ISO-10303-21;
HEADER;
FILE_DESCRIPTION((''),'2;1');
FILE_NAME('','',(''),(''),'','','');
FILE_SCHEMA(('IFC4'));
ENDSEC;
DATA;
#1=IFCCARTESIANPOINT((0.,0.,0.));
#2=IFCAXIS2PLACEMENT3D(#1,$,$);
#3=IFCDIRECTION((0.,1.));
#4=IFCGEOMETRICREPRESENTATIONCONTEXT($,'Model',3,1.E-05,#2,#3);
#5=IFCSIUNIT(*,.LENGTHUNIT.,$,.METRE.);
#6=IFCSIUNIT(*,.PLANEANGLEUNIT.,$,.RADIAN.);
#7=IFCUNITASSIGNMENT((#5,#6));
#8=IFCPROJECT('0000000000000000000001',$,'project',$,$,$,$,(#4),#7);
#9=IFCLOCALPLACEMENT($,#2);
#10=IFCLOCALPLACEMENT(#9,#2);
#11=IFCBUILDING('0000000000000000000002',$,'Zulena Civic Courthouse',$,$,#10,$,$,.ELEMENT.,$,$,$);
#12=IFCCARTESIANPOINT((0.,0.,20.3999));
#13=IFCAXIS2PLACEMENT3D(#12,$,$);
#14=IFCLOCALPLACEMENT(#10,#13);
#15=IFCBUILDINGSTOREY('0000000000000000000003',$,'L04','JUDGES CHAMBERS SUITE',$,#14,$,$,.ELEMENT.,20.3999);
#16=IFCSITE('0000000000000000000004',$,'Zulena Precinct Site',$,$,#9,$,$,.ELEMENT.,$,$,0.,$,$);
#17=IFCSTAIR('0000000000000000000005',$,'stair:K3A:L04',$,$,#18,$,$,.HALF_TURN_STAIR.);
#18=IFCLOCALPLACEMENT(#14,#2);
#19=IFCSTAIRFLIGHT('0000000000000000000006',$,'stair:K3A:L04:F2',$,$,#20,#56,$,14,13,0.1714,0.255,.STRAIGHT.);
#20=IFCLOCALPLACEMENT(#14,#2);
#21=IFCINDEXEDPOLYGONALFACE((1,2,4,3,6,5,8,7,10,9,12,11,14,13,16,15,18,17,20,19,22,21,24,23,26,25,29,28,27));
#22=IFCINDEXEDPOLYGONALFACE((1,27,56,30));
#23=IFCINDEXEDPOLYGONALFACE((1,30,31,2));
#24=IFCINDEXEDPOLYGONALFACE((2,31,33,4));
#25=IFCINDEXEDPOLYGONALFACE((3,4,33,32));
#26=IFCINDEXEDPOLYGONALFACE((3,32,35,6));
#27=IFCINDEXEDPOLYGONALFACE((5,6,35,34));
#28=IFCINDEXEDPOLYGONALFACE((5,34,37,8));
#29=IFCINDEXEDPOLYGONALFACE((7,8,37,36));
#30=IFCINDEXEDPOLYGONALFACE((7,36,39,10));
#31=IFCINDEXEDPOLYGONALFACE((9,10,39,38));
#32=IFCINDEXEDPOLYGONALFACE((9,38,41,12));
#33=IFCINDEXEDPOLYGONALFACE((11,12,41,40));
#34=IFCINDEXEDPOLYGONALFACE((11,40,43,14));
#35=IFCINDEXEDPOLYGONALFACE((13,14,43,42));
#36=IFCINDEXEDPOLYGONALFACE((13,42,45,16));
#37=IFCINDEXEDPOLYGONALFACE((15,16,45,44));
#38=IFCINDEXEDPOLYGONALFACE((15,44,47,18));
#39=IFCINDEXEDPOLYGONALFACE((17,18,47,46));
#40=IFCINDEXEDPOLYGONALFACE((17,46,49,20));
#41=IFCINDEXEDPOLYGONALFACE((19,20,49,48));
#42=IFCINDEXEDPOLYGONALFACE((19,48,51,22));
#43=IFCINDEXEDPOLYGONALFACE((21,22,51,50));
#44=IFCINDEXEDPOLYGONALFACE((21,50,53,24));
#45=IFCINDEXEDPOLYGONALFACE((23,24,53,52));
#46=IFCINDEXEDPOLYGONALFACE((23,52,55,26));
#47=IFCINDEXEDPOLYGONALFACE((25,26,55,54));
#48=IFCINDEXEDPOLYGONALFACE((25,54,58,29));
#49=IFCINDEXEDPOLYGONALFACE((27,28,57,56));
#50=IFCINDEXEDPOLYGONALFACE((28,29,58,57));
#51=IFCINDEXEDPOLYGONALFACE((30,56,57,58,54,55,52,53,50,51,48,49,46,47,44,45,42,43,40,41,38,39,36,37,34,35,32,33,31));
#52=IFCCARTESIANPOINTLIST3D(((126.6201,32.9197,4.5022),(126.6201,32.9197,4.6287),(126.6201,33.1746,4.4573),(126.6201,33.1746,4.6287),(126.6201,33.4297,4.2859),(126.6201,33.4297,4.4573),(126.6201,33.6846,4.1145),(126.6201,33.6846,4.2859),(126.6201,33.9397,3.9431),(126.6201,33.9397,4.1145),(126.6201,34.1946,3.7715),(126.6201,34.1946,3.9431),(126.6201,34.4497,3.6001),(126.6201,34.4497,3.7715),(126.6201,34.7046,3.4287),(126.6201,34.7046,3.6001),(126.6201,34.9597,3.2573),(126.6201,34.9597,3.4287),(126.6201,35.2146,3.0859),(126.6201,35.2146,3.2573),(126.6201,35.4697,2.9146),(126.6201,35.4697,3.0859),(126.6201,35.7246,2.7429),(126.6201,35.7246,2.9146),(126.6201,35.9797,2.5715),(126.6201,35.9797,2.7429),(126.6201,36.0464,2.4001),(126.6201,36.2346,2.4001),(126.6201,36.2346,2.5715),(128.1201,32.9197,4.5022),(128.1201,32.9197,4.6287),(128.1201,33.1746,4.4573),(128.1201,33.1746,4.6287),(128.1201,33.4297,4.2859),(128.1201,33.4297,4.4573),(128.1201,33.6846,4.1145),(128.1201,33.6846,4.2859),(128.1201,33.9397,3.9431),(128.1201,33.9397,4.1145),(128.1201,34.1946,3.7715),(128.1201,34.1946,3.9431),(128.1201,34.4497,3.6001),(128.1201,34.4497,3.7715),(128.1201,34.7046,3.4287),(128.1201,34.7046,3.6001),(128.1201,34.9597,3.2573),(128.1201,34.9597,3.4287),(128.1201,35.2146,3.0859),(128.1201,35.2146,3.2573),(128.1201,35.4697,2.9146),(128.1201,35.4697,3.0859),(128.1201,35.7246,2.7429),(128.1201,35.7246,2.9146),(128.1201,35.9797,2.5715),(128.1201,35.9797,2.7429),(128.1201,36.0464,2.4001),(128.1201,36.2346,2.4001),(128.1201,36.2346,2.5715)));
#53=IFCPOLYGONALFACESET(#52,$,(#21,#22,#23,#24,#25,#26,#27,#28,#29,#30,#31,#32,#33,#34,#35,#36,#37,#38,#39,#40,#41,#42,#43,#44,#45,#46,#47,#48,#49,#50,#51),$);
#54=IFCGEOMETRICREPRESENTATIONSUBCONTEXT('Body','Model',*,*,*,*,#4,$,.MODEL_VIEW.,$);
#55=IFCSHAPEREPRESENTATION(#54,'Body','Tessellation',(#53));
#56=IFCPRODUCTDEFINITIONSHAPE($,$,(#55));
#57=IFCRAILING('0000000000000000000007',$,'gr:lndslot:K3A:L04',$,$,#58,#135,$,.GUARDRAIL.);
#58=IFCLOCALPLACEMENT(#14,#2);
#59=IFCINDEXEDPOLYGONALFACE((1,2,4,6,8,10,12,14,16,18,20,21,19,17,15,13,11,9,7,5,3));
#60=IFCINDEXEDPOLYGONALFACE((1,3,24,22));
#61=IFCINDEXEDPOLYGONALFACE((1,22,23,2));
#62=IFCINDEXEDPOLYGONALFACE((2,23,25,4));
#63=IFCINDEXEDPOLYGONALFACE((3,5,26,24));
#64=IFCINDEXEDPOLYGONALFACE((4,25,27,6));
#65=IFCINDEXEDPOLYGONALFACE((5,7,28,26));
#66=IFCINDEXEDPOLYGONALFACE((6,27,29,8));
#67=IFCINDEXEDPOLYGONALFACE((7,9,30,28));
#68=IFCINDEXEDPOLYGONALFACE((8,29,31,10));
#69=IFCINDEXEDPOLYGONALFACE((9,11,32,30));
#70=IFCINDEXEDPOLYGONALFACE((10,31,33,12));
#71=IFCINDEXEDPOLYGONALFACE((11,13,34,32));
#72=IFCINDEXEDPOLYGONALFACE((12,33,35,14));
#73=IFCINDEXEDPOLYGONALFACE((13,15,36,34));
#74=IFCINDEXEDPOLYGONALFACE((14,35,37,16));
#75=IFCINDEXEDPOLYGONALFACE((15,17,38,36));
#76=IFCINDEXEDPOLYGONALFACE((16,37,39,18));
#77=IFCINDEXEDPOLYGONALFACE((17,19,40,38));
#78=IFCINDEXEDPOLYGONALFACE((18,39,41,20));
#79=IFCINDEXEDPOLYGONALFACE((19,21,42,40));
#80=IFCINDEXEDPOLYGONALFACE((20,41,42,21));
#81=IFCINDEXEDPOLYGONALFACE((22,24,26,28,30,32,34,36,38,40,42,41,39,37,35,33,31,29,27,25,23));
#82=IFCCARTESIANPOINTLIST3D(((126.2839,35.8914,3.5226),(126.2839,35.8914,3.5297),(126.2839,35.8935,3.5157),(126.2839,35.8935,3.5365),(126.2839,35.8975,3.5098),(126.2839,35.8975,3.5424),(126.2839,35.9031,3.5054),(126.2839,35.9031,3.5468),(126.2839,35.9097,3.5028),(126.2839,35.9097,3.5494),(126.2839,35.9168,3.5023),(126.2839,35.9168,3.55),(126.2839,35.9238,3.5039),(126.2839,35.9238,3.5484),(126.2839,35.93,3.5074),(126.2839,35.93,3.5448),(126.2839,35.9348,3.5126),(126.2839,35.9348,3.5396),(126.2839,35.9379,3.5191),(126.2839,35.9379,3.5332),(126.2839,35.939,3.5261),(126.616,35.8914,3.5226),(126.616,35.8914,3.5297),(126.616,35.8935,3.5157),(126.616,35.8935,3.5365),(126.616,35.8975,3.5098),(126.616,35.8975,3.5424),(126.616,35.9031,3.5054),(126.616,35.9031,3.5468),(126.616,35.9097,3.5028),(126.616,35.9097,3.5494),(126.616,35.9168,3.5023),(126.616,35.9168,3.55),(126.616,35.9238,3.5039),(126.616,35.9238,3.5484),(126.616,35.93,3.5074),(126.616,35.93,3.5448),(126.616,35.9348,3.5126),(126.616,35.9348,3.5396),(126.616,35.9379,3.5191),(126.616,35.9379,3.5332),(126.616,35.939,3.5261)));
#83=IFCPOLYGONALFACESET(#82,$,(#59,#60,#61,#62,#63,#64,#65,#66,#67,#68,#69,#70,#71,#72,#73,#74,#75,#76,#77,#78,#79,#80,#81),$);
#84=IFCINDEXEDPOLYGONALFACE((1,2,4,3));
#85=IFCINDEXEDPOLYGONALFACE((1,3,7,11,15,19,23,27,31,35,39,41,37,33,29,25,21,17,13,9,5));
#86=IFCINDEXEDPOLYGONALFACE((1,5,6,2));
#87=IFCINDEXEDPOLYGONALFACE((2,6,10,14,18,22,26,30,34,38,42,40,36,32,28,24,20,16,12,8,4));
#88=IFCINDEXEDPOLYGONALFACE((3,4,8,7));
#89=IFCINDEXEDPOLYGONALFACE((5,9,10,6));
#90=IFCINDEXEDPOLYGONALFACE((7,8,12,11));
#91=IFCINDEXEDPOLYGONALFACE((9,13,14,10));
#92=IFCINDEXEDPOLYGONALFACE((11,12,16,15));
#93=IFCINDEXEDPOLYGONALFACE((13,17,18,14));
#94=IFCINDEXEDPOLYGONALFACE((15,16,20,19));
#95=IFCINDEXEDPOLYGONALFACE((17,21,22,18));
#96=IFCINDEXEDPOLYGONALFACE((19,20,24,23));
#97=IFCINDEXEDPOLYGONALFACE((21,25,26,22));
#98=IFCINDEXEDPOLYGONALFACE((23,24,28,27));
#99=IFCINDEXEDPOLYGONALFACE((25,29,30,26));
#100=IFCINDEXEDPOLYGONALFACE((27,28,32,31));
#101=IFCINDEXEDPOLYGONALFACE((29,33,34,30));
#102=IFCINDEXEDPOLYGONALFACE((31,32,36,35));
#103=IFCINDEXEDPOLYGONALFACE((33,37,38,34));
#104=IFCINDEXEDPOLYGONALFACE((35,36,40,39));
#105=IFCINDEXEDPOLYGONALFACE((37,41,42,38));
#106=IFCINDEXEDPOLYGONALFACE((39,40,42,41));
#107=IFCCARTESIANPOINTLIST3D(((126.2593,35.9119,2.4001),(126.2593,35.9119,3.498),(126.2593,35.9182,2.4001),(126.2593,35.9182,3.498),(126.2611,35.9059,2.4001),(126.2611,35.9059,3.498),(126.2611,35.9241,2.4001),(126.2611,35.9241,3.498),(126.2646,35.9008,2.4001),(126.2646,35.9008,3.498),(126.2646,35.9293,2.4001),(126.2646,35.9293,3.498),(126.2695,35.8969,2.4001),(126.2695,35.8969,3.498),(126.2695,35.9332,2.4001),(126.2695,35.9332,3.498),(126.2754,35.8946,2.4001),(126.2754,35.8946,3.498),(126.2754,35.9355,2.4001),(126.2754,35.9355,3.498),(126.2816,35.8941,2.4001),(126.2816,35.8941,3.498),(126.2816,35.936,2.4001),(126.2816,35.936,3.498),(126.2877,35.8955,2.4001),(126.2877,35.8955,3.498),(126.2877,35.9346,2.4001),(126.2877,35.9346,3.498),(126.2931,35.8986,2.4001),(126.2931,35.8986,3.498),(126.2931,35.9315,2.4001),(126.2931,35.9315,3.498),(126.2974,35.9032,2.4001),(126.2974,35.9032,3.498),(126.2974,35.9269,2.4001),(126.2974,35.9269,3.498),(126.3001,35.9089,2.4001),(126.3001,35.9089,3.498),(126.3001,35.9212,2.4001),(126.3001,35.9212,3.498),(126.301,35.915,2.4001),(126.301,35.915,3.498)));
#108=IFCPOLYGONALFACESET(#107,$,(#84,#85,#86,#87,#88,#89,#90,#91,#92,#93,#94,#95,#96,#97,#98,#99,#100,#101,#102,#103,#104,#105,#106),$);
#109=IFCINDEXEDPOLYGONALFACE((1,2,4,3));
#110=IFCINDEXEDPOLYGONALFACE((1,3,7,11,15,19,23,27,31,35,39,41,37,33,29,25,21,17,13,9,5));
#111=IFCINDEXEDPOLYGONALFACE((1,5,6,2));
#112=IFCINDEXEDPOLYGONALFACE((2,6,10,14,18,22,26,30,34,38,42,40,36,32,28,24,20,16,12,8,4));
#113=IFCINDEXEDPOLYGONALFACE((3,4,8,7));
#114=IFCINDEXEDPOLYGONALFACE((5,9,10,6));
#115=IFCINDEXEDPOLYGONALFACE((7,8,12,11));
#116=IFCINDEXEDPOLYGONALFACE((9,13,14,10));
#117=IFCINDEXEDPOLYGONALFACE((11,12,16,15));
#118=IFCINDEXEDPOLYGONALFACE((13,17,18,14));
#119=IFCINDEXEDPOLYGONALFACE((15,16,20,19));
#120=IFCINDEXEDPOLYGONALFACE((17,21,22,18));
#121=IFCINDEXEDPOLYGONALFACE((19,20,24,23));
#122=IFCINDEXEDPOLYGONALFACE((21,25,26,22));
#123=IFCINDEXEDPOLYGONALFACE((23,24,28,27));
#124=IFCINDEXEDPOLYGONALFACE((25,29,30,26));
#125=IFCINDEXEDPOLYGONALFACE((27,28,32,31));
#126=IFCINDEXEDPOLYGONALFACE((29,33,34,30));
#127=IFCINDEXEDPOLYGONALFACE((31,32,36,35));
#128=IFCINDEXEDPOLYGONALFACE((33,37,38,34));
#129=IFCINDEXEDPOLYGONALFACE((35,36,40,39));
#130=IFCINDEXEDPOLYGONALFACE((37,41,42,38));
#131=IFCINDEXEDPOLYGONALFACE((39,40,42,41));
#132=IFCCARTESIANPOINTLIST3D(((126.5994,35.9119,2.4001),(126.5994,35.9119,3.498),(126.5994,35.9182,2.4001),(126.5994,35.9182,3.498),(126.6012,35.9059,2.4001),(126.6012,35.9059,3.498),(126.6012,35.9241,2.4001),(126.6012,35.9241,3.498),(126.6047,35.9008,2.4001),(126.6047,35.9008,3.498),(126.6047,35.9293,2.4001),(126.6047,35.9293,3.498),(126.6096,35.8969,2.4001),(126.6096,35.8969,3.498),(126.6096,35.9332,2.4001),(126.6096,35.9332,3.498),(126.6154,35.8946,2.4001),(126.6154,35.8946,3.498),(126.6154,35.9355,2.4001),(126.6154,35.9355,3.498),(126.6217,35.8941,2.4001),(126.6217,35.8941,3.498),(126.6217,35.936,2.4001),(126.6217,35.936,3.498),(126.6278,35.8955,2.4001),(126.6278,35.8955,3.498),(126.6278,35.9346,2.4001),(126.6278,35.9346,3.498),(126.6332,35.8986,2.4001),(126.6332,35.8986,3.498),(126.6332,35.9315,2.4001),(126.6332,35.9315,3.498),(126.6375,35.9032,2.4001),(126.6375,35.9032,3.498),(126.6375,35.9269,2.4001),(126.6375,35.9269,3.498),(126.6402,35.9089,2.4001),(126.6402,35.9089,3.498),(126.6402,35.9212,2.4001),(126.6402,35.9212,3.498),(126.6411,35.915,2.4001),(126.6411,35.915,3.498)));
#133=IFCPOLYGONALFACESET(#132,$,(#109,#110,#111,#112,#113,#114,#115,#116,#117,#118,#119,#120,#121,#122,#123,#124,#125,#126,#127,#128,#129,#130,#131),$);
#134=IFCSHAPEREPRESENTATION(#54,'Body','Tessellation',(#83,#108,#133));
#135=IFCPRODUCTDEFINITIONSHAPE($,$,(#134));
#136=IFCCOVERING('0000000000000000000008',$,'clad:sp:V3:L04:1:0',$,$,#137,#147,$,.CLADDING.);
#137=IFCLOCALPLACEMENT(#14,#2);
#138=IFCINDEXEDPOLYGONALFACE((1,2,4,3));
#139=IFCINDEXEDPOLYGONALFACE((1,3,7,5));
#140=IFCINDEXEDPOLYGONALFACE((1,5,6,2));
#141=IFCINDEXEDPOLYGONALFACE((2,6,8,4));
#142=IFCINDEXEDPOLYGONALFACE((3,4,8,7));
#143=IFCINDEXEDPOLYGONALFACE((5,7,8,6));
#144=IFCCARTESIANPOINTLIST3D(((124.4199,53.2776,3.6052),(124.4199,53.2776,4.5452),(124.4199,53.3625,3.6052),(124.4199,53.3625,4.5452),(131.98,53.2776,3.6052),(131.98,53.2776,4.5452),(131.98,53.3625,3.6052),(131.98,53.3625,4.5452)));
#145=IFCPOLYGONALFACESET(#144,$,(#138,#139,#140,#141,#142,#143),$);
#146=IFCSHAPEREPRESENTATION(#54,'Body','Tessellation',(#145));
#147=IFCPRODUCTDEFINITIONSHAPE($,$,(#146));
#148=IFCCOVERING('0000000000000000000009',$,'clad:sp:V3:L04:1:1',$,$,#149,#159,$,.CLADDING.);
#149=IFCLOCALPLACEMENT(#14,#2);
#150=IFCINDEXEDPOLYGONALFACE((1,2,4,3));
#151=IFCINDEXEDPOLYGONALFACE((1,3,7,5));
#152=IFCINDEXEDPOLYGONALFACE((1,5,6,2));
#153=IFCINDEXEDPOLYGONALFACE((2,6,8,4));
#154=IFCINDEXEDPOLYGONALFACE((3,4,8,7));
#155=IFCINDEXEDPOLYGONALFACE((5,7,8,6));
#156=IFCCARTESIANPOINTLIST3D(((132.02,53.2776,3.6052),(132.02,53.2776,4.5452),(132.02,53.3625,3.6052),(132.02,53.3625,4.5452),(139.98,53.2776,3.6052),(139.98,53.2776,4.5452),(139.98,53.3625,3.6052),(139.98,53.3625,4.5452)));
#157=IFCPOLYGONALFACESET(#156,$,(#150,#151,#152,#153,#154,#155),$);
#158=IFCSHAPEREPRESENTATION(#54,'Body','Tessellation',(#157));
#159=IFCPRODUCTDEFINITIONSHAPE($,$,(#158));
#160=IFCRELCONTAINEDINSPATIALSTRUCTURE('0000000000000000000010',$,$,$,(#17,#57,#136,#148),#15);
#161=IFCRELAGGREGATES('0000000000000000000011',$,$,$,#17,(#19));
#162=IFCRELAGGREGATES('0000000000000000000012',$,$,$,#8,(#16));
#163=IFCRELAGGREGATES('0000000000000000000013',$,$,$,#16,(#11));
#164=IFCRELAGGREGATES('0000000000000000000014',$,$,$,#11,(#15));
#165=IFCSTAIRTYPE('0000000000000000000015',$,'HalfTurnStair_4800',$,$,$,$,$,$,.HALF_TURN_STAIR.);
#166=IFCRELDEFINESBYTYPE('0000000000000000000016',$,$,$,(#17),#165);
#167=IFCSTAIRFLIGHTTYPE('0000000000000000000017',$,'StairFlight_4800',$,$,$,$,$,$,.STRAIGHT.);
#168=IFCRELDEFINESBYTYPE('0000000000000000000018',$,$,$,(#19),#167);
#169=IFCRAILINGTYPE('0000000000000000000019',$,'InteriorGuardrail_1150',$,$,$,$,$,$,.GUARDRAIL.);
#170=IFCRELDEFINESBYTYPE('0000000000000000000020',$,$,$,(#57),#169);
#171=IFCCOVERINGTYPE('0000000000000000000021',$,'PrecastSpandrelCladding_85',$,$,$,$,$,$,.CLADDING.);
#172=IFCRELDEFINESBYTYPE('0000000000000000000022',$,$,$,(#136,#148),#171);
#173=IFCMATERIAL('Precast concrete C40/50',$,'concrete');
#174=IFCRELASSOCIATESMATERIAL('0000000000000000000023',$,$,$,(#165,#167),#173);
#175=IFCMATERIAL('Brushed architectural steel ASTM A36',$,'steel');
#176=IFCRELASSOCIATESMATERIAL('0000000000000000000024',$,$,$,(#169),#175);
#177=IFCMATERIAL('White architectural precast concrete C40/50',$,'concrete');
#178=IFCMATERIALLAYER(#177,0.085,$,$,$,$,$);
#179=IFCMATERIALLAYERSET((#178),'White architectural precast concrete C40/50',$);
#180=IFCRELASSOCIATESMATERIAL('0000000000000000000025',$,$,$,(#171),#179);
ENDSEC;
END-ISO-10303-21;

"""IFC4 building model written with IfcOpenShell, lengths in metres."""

from ifc_helpers import new_model, si_unit, direction, frame, origin, origin_2d, place, context, subcontext, project, spatial, polyline, rectangle, circle, outline, extrude, material, layer, layer_set, type_object, element, aggregate, save


model = new_model("IFC4")

# Units and contexts
model_context = context("Model", 3, precision=1e-05, world=origin(), true_north=direction((0.0, 1.0)))
body_context = subcontext(model_context, "Body", "Model", "MODEL_VIEW")
ifc_project = project(units=[si_unit("LENGTHUNIT", "METRE"), si_unit("PLANEANGLEUNIT", "RADIAN")], contexts=[model_context])

# Site, building, storey
site_placement = place(None, origin())
site = spatial("IfcSite", under=ifc_project, at=site_placement, Name="Zulena Precinct Site", CompositionType="ELEMENT", RefElevation=0.0)
building_placement = place(site_placement, origin())
building = spatial("IfcBuilding", under=site, at=building_placement, Name="Zulena Civic Courthouse", CompositionType="ELEMENT")
storey_placement = place(building_placement, frame((0.0, 0.0, 20.3999)))
storey = spatial("IfcBuildingStorey", under=building, at=storey_placement, Name="L04", Description="JUDGES CHAMBERS SUITE", CompositionType="ELEMENT", Elevation=20.3999)

# Stair, stair flight
ifc_material_1 = material(Name="Precast concrete C40/50", Category="concrete")
stair_type = type_object("IfcStairType", Name="HalfTurnStair_4800", PredefinedType="HALF_TURN_STAIR", material=ifc_material_1)
stair_placement = place(storey_placement, origin())
stair = element("IfcStair", 1, at=stair_placement, inside=storey, type_object=stair_type, Name="stair:K3A:L04", PredefinedType="HALF_TURN_STAIR")
stair_flight_type = type_object("IfcStairFlightType", Name="StairFlight_4800", PredefinedType="STRAIGHT", material=ifc_material_1)
stair_flight_placement = place(storey_placement, frame((127.3701, 36.2346, 2.4001), z_axis=(0.0, 0.0, 1.0), x_axis=(0.0, -1.0, 0.0)))
stair_flight = element("IfcStairFlight", 2, at=stair_flight_placement, type_object=stair_flight_type, Name="stair:K3A:L04:F2", NumberOfRisers=14, NumberOfTreads=13, PredefinedType="STRAIGHT", RiserHeight=0.1714, TreadLength=0.255, context=body_context, shape_type="SweptSolid", body=[
    extrude(outline(polyline([(0.0, 0.0), (0.0, 0.1714), (0.2549, 0.1714), (0.2549, 0.3428), (0.51, 0.3428), (0.51, 0.5144), (0.7649, 0.5144), (0.7649, 0.6858), (1.02, 0.6858), (1.02, 0.8572), (1.2749, 0.8572), (1.2749, 1.0286), (1.53, 1.0286), (1.53, 1.2), (1.7849, 1.2), (1.7849, 1.3713), (2.04, 1.3713), (2.04, 1.543), (2.2949, 1.543), (2.2949, 1.7144), (2.55, 1.7144), (2.55, 1.8857), (2.8049, 1.8857), (2.8049, 2.0571), (3.0601, 2.0571), (3.0601, 2.2285), (3.3149, 2.2285), (3.3149, 2.3999), (3.3149, 2.1021), (0.1882, 0.0), (0.0, 0.0)])), frame((0.0, 0.75, 0.0), z_axis=(0.0, -1.0, 0.0), x_axis=(1.0, 0.0, 0.0)), (0.0, 0.0, 1.0), 1.5),
])
aggregate(stair, [stair_flight])

# Railing
ifc_material_2 = material(Name="Brushed architectural steel ASTM A36", Category="steel")
railing_type_1 = type_object("IfcRailingType", Name="InteriorGuardrail_1150", PredefinedType="GUARDRAIL", material=ifc_material_2)
railing_1_placement = place(storey_placement, frame((126.28, 35.915, 2.4001)))
element("IfcRailing", 3, at=railing_1_placement, inside=storey, type_object=railing_type_1, Name="gr:lndslot:K3A:L04", PredefinedType="GUARDRAIL", context=body_context, shape_type="SweptSolid", body=[
    extrude(circle(Radius=0.0239, at=origin_2d()), frame((0.0039, 0.0, 1.126), z_axis=(1.0, 0.0, 0.0), x_axis=(0.0, 1.0, 0.0)), (0.0, 0.0, 1.0), 0.332),
    extrude(circle(Radius=0.021, at=origin_2d()), origin(), (0.0, 0.0, 1.0), 1.0979),
    extrude(circle(Radius=0.021, at=origin_2d()), frame((0.3401, 0.0, 0.0)), (0.0, 0.0, 1.0), 1.0979),
])

# Coverings
ifc_material_3 = material(Name="White architectural precast concrete C40/50", Category="concrete")
ifc_layer_1 = layer(ifc_material_3, 0.085)
ifc_layer_set_1 = layer_set([ifc_layer_1], Name="White architectural precast concrete C40/50")
covering_type = type_object("IfcCoveringType", Name="PrecastSpandrelCladding_85", PredefinedType="CLADDING", material=ifc_layer_set_1)
covering_1_placement = place(storey_placement, frame((128.2, 53.3201, 3.6052), z_axis=(0.0, 0.0, 1.0), x_axis=(1.0, 0.0, 0.0)))
element("IfcCovering", 4, at=covering_1_placement, inside=storey, type_object=covering_type, Name="clad:sp:V3:L04:1:0", PredefinedType="CLADDING", context=body_context, shape_type="SweptSolid", body=[
    extrude(rectangle(XDim=7.5601, YDim=0.085, at=origin_2d()), origin(), (0.0, 0.0, 1.0), 0.9399),
])
covering_2_placement = place(storey_placement, frame((136.0, 53.3201, 3.6052), z_axis=(0.0, 0.0, 1.0), x_axis=(1.0, 0.0, 0.0)))
element("IfcCovering", 5, at=covering_2_placement, inside=storey, type_object=covering_type, Name="clad:sp:V3:L04:1:1", PredefinedType="CLADDING", context=body_context, shape_type="SweptSolid", body=[
    extrude(rectangle(XDim=7.96, YDim=0.085, at=origin_2d()), origin(), (0.0, 0.0, 1.0), 0.9399),
])

save(model, "model.ifc")
